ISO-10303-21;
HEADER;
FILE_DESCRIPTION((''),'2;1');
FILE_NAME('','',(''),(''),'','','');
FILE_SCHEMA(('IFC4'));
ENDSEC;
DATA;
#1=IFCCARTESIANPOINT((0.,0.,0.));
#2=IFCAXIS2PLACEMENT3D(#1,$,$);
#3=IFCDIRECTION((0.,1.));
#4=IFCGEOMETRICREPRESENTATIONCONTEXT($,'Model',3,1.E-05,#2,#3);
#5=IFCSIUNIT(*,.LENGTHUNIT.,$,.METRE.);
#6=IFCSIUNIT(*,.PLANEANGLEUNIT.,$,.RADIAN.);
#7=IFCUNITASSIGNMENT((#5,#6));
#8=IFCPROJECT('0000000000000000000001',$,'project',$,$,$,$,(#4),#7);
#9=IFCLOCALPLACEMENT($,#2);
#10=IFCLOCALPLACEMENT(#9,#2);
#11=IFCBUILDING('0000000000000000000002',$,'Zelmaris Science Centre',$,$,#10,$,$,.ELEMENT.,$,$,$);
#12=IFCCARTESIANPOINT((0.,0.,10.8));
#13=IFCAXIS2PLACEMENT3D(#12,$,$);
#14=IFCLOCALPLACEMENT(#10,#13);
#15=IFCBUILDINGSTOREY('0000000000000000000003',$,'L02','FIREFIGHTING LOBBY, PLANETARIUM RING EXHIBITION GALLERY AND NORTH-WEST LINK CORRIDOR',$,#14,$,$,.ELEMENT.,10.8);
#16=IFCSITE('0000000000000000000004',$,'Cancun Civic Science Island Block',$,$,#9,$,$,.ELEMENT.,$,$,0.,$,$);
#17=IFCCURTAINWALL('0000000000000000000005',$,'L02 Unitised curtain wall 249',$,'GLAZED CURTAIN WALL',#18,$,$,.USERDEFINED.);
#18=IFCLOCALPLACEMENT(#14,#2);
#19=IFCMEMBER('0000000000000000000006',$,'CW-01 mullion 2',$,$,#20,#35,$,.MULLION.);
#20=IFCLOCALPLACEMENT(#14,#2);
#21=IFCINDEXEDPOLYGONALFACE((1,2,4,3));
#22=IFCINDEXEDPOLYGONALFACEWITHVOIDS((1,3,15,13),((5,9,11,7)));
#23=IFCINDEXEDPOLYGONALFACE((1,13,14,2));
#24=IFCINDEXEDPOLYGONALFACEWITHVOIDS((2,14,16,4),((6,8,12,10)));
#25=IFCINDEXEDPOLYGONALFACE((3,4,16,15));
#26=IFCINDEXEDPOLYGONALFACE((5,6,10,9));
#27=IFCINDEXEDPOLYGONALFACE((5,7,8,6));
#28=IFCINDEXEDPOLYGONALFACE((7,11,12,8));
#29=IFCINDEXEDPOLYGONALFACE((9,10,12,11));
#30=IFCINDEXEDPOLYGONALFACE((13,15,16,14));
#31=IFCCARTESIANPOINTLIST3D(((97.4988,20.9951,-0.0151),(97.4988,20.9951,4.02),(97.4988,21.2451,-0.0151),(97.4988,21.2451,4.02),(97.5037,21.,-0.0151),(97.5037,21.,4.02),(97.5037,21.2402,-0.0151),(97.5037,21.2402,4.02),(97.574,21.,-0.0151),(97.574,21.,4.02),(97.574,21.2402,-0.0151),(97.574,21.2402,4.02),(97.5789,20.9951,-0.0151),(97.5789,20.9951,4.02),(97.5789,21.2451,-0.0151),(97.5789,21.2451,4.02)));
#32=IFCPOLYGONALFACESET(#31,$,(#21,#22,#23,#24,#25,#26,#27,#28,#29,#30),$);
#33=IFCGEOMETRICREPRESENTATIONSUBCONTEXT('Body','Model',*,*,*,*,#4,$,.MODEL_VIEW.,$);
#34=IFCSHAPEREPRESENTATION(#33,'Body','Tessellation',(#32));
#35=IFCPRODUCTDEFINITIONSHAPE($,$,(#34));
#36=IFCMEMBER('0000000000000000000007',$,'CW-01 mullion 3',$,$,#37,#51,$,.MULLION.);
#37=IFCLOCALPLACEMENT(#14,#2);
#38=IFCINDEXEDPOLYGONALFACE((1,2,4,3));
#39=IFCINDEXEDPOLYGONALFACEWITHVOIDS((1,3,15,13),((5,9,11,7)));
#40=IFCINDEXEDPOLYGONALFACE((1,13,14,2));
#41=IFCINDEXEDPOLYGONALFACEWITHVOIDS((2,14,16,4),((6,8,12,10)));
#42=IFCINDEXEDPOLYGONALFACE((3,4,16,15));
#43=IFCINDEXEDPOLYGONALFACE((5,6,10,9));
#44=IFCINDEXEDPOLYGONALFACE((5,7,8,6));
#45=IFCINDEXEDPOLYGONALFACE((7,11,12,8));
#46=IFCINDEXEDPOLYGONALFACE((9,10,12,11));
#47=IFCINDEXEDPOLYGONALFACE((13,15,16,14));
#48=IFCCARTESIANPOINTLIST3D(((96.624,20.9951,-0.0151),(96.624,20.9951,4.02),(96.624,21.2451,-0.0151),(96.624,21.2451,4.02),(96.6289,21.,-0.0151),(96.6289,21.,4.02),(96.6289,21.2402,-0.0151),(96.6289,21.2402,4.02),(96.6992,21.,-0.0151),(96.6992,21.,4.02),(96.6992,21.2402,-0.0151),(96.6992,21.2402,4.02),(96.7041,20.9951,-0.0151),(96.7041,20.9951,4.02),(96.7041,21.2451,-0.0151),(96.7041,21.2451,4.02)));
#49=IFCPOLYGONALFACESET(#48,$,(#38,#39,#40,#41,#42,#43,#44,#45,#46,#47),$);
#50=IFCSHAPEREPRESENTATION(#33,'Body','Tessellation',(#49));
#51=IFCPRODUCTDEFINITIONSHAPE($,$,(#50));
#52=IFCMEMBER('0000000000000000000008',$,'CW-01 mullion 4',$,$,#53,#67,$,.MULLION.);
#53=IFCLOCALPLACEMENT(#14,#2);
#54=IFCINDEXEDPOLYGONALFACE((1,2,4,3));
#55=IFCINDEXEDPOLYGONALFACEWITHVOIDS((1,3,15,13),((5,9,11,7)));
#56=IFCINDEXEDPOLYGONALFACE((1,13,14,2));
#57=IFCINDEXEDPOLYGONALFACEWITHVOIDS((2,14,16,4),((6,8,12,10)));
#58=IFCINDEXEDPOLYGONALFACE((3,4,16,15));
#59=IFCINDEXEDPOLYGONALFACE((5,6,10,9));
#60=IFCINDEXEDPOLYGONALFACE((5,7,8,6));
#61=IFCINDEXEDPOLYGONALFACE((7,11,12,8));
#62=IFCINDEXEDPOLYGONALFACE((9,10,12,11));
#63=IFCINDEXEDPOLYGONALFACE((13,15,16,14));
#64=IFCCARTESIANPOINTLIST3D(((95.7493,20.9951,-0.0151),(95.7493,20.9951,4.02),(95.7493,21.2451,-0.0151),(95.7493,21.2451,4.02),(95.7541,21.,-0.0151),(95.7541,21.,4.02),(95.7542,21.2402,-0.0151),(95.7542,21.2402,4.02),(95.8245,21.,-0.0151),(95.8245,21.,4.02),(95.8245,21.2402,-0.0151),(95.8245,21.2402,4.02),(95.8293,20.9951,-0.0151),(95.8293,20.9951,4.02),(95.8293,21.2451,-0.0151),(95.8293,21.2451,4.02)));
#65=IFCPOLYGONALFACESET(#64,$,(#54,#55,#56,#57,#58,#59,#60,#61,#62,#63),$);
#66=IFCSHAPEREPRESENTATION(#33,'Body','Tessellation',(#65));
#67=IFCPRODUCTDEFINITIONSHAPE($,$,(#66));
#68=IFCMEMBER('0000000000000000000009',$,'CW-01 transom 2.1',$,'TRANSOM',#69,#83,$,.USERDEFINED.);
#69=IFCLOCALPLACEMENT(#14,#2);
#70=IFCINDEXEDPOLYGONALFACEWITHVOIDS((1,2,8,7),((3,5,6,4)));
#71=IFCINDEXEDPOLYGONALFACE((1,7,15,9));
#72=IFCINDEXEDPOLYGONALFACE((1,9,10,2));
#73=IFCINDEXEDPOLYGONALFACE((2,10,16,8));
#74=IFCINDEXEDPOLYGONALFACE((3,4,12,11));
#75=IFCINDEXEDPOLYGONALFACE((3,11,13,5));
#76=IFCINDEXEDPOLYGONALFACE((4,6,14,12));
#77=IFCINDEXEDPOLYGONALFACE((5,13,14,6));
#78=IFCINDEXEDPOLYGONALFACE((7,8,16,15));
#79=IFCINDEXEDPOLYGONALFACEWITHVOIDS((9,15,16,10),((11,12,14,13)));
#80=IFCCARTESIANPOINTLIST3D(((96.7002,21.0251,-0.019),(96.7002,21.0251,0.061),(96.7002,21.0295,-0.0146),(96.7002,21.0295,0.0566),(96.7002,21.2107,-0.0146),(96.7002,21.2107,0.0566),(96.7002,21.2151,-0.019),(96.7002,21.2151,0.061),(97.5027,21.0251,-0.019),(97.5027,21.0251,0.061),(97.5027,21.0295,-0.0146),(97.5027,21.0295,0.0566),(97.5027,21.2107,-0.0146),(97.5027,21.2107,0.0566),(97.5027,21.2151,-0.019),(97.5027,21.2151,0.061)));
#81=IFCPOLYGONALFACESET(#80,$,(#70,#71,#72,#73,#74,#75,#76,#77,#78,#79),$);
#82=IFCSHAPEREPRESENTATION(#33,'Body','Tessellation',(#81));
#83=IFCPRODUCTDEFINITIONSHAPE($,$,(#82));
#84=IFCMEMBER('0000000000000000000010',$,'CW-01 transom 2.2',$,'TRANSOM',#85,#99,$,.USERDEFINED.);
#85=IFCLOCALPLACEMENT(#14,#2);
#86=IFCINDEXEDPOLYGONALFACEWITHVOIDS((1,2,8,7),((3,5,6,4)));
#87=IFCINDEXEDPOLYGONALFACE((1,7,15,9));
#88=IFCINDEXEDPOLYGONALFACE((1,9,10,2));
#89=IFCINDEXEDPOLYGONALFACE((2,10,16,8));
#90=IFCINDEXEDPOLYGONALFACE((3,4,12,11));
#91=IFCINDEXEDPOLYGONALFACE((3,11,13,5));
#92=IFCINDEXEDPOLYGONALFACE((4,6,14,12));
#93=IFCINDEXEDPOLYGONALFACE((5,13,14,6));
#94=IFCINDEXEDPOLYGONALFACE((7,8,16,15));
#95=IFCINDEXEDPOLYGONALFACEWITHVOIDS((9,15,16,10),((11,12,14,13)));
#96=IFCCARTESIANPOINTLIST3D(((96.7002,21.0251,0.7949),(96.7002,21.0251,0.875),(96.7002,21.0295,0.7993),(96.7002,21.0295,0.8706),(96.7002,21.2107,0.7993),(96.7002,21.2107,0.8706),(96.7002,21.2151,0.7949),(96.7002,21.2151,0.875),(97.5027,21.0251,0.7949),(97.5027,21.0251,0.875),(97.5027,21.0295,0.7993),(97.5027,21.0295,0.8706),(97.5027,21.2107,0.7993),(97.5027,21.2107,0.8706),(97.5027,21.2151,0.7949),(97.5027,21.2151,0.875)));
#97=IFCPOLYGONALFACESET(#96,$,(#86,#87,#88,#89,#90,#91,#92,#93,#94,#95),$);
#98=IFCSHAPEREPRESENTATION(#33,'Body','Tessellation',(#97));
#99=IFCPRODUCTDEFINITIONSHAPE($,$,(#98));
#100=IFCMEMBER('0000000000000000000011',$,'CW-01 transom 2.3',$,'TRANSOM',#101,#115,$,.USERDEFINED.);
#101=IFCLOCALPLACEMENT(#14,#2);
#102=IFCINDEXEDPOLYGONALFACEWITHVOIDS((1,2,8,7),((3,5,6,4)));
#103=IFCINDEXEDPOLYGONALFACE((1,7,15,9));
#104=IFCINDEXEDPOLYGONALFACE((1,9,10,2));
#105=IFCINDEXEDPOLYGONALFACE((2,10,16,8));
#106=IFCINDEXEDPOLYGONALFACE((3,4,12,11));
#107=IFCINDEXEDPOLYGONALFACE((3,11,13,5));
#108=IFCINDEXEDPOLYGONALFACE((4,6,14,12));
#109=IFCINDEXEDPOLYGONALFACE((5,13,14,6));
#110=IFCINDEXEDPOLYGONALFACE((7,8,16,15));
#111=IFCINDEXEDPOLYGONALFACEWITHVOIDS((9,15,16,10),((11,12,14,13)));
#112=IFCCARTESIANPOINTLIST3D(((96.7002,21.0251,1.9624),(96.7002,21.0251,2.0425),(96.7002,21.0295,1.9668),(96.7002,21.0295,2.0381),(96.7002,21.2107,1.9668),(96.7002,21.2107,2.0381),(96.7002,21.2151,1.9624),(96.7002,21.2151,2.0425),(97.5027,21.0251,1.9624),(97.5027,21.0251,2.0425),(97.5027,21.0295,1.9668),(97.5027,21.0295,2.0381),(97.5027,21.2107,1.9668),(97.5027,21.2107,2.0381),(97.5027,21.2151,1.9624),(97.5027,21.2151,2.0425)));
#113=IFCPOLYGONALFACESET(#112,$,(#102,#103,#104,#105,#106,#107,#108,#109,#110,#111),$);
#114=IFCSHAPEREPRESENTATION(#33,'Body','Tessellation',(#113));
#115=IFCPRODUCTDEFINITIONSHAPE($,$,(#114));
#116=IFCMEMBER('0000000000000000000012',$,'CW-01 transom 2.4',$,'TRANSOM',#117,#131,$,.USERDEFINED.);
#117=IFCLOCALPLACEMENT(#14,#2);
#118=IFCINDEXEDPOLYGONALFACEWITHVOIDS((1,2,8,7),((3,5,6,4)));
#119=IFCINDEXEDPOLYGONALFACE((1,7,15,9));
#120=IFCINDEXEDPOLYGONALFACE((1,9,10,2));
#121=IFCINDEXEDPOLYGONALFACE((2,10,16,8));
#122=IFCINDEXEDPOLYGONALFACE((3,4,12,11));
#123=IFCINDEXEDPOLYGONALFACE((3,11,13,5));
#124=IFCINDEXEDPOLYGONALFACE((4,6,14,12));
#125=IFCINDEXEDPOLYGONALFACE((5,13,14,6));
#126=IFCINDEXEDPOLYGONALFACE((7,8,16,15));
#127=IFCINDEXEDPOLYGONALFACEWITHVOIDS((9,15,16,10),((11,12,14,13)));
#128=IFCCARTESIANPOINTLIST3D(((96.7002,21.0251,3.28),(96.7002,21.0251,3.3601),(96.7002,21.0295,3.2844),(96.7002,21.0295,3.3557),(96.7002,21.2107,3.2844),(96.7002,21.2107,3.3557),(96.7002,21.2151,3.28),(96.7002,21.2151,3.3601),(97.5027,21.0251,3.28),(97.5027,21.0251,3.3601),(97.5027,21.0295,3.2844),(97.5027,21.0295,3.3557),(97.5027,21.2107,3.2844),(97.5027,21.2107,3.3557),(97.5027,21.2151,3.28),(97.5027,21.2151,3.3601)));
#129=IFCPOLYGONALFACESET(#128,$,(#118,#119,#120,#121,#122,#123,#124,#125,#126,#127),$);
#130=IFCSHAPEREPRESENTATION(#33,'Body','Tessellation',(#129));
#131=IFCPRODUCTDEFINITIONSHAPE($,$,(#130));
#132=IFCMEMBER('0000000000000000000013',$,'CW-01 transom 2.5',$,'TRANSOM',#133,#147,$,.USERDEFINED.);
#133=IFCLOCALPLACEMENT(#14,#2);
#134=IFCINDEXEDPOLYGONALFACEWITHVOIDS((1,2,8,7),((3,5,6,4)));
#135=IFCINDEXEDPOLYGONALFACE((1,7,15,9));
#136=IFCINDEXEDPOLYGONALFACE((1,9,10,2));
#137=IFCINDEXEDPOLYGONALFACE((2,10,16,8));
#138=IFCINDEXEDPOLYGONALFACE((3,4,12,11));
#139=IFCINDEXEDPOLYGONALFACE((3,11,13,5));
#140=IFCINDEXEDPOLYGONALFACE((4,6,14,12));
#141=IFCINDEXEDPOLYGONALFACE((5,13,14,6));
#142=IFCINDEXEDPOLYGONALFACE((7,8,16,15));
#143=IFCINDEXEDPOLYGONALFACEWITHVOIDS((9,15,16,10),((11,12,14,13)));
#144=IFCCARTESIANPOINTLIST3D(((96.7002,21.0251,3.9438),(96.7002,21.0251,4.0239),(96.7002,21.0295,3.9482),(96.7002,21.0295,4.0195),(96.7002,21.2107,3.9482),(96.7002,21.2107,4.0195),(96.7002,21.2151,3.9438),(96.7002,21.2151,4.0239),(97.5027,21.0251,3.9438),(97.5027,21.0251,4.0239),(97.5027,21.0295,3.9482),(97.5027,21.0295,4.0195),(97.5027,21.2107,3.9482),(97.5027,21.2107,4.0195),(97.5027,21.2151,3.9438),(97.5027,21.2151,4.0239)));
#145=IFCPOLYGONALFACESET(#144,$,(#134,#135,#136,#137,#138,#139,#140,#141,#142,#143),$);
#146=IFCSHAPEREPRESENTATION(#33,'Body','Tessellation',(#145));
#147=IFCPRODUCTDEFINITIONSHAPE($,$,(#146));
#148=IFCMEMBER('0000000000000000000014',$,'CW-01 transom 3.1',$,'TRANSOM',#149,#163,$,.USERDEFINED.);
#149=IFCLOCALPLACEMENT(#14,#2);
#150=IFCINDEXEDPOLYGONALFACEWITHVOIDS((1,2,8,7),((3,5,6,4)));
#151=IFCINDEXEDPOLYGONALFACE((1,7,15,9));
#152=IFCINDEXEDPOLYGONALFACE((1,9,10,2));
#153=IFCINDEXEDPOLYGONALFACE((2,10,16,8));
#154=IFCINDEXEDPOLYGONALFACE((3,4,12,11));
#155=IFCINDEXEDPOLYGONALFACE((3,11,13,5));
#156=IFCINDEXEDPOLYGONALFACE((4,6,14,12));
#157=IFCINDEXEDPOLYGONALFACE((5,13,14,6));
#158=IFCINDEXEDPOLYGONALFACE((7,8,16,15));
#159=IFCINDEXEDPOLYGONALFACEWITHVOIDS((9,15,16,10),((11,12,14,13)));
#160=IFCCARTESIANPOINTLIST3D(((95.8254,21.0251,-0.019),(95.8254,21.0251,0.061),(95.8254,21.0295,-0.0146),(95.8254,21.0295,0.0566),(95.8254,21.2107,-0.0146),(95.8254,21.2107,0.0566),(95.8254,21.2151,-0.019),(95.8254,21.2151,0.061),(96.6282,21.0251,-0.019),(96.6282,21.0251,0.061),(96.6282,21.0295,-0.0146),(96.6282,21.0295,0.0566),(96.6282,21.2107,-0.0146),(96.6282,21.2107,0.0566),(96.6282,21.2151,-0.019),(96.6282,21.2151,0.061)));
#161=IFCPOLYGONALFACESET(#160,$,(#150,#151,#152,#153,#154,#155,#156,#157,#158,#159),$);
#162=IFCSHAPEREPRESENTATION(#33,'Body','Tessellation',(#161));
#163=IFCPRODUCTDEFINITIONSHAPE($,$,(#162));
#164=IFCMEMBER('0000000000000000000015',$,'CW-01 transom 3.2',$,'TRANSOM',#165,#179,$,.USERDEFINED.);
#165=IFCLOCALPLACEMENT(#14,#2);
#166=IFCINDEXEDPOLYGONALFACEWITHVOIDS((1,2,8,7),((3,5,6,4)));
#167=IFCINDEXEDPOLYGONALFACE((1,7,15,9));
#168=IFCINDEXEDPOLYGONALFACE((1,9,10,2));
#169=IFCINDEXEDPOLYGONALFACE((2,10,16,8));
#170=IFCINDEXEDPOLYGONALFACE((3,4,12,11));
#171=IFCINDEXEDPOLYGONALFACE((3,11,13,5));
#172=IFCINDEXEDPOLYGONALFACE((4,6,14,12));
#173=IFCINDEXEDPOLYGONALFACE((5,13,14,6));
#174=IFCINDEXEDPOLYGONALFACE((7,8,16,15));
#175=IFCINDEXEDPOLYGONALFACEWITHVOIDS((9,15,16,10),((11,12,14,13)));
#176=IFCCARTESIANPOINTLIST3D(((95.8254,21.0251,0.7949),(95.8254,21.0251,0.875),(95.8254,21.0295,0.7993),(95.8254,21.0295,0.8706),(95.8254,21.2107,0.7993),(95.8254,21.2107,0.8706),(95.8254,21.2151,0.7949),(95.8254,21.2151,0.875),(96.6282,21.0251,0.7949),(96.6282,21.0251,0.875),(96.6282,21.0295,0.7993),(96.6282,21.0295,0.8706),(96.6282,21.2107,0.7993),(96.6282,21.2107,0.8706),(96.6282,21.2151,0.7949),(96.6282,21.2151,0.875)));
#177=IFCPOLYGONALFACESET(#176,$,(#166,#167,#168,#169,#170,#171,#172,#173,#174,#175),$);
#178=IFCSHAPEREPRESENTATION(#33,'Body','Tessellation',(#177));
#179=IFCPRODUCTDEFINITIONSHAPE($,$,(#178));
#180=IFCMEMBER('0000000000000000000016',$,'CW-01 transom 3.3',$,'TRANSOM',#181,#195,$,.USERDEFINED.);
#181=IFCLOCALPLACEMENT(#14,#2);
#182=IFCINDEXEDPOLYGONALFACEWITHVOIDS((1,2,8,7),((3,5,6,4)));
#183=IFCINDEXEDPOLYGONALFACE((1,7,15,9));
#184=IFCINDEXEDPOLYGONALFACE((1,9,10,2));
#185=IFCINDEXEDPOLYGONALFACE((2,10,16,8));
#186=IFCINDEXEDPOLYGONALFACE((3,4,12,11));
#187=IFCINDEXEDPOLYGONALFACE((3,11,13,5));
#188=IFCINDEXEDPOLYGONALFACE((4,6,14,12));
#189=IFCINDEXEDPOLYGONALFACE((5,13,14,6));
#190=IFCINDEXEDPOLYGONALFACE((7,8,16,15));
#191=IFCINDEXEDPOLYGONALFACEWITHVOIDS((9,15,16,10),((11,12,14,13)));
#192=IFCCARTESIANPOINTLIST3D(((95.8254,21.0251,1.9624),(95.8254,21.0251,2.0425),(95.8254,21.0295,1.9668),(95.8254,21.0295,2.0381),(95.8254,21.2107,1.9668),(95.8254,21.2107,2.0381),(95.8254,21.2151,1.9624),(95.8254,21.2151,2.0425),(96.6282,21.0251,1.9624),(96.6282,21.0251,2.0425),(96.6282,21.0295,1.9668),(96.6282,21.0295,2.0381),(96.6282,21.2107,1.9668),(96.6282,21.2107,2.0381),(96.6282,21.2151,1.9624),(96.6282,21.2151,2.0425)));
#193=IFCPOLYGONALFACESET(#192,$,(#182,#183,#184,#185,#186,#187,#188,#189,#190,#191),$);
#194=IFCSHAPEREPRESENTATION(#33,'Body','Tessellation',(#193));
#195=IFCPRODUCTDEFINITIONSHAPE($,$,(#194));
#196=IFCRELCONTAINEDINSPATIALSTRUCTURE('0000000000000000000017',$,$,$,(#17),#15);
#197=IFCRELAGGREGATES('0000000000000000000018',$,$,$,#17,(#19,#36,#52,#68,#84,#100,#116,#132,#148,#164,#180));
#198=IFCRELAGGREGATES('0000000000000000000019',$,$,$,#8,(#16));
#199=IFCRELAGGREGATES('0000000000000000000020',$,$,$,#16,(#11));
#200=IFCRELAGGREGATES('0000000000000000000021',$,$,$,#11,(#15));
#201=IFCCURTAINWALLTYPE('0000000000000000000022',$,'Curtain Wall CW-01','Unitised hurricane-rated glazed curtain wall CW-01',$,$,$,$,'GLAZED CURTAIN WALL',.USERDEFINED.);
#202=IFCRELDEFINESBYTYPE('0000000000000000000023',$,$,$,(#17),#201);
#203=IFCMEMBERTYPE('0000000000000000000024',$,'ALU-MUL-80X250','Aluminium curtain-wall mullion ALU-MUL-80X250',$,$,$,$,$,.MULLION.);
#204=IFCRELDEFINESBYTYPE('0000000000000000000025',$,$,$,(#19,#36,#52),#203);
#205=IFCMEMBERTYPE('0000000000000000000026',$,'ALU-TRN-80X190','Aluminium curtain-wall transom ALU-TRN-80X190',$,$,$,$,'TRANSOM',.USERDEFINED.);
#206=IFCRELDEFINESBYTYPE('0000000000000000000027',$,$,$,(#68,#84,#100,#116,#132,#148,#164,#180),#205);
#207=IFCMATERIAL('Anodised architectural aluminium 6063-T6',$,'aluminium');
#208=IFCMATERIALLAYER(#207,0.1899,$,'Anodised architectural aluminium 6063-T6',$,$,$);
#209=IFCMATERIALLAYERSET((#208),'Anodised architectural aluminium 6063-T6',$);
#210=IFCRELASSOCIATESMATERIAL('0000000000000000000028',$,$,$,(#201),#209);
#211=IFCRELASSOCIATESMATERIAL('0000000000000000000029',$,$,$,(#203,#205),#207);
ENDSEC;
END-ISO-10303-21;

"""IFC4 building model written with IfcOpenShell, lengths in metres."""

from ifc_helpers import new_model, si_unit, direction, frame, origin, origin_2d, place, context, subcontext, project, spatial, hollow_rectangle, extrude, material, layer, layer_set, material_profile, profile_set, type_object, element, aggregate, save


model = new_model("IFC4")

# Units and contexts
model_context = context("Model", 3, precision=1e-05, world=origin(), true_north=direction((0.0, 1.0)))
body_context = subcontext(model_context, "Body", "Model", "MODEL_VIEW")
ifc_project = project(units=[si_unit("LENGTHUNIT", "METRE"), si_unit("PLANEANGLEUNIT", "RADIAN")], contexts=[model_context])

# Site, building, storey
site_placement = place(None, origin())
site = spatial("IfcSite", under=ifc_project, at=site_placement, Name="Cancun Civic Science Island Block", CompositionType="ELEMENT", RefElevation=0.0)
building_placement = place(site_placement, origin())
building = spatial("IfcBuilding", under=site, at=building_placement, Name="Zelmaris Science Centre", CompositionType="ELEMENT")
storey_placement = place(building_placement, frame((0.0, 0.0, 10.8)))
storey = spatial("IfcBuildingStorey", under=building, at=storey_placement, Name="L02", Description="FIREFIGHTING LOBBY, PLANETARIUM RING EXHIBITION GALLERY AND NORTH-WEST LINK CORRIDOR", CompositionType="ELEMENT", Elevation=10.8)

# Curtain wall, members
ifc_material_1 = material(Name="Anodised architectural aluminium 6063-T6", Category="aluminium")
ifc_layer_1 = layer(ifc_material_1, 0.1899, Name="Anodised architectural aluminium 6063-T6")
ifc_layer_set_1 = layer_set([ifc_layer_1], Name="Anodised architectural aluminium 6063-T6")
curtain_wall_type = type_object("IfcCurtainWallType", Name="Curtain Wall CW-01", Description="Unitised hurricane-rated glazed curtain wall CW-01", ElementType="GLAZED CURTAIN WALL", PredefinedType="USERDEFINED", material=ifc_layer_set_1)
curtain_wall_placement = place(storey_placement, origin())
curtain_wall = element("IfcCurtainWall", 1, at=curtain_wall_placement, inside=storey, type_object=curtain_wall_type, Name="L02 Unitised curtain wall 249", ObjectType="GLAZED CURTAIN WALL", PredefinedType="USERDEFINED")
ifc_material_profile_1 = material_profile(ifc_material_1, hollow_rectangle(XDim=0.0801, YDim=0.25, WallThickness=0.0049, at=origin_2d()), Name="ALU-MUL-80X250")
ifc_profile_set_1 = profile_set([ifc_material_profile_1], Name="Anodised architectural aluminium 6063-T6")
member_type_1 = type_object("IfcMemberType", Name="ALU-MUL-80X250", Description="Aluminium curtain-wall mullion ALU-MUL-80X250", PredefinedType="MULLION", material=ifc_profile_set_1)
member_1_placement = place(storey_placement, frame((97.5388, 21.1201, -0.0151), z_axis=(0.0, 0.0, 1.0), x_axis=(-1.0, 0.000005, 0.0)))
member_1 = element("IfcMember", 2, at=member_1_placement, type_object=member_type_1, Name="CW-01 mullion 2", PredefinedType="MULLION", context=body_context, shape_type="SweptSolid", body=[
    extrude(hollow_rectangle(XDim=0.0801, YDim=0.25, WallThickness=0.0049, at=origin_2d()), origin(), (0.0, 0.0, 1.0), 4.0352),
])
member_2_placement = place(storey_placement, frame((96.6641, 21.1201, -0.0151), z_axis=(0.0, 0.0, 1.0), x_axis=(-1.0, 0.000005, 0.0)))
member_2 = element("IfcMember", 3, at=member_2_placement, type_object=member_type_1, Name="CW-01 mullion 3", PredefinedType="MULLION", context=body_context, shape_type="SweptSolid", body=[
    extrude(hollow_rectangle(XDim=0.0801, YDim=0.25, WallThickness=0.0049, at=origin_2d()), origin(), (0.0, 0.0, 1.0), 4.0352),
])
member_3_placement = place(storey_placement, frame((95.7893, 21.1201, -0.0151), z_axis=(0.0, 0.0, 1.0), x_axis=(-1.0, 0.000005, 0.0)))
member_3 = element("IfcMember", 4, at=member_3_placement, type_object=member_type_1, Name="CW-01 mullion 4", PredefinedType="MULLION", context=body_context, shape_type="SweptSolid", body=[
    extrude(hollow_rectangle(XDim=0.0801, YDim=0.25, WallThickness=0.0049, at=origin_2d()), origin(), (0.0, 0.0, 1.0), 4.0352),
])
ifc_material_profile_2 = material_profile(ifc_material_1, hollow_rectangle(XDim=0.0801, YDim=0.1899, WallThickness=0.0044, at=origin_2d()), Name="ALU-TRN-80X190")
ifc_profile_set_2 = profile_set([ifc_material_profile_2], Name="Anodised architectural aluminium 6063-T6")
member_type_2 = type_object("IfcMemberType", Name="ALU-TRN-80X190", Description="Aluminium curtain-wall transom ALU-TRN-80X190", ElementType="TRANSOM", PredefinedType="USERDEFINED", material=ifc_profile_set_2)
member_4_placement = place(storey_placement, frame((97.5027, 21.1201, 0.021), z_axis=(-1.0, 0.0, 0.0), x_axis=(0.0, 0.0, 1.0)))
member_4 = element("IfcMember", 5, at=member_4_placement, type_object=member_type_2, Name="CW-01 transom 2.1", ObjectType="TRANSOM", PredefinedType="USERDEFINED", context=body_context, shape_type="SweptSolid", body=[
    extrude(hollow_rectangle(XDim=0.0801, YDim=0.1899, WallThickness=0.0044, at=origin_2d()), origin(), (0.0, 0.0, 1.0), 0.8025),
])
member_5_placement = place(storey_placement, frame((97.5027, 21.1201, 0.835), z_axis=(-1.0, 0.0, 0.0), x_axis=(0.0, 0.0, 1.0)))
member_5 = element("IfcMember", 6, at=member_5_placement, type_object=member_type_2, Name="CW-01 transom 2.2", ObjectType="TRANSOM", PredefinedType="USERDEFINED", context=body_context, shape_type="SweptSolid", body=[
    extrude(hollow_rectangle(XDim=0.0801, YDim=0.1899, WallThickness=0.0044, at=origin_2d()), origin(), (0.0, 0.0, 1.0), 0.8025),
])
member_6_placement = place(storey_placement, frame((97.5027, 21.1201, 2.0024), z_axis=(-1.0, 0.0, 0.0), x_axis=(0.0, 0.0, 1.0)))
member_6 = element("IfcMember", 7, at=member_6_placement, type_object=member_type_2, Name="CW-01 transom 2.3", ObjectType="TRANSOM", PredefinedType="USERDEFINED", context=body_context, shape_type="SweptSolid", body=[
    extrude(hollow_rectangle(XDim=0.0801, YDim=0.1899, WallThickness=0.0044, at=origin_2d()), origin(), (0.0, 0.0, 1.0), 0.8025),
])
member_7_placement = place(storey_placement, frame((97.5027, 21.1201, 3.3201), z_axis=(-1.0, 0.0, 0.0), x_axis=(0.0, 0.0, 1.0)))
member_7 = element("IfcMember", 8, at=member_7_placement, type_object=member_type_2, Name="CW-01 transom 2.4", ObjectType="TRANSOM", PredefinedType="USERDEFINED", context=body_context, shape_type="SweptSolid", body=[
    extrude(hollow_rectangle(XDim=0.0801, YDim=0.1899, WallThickness=0.0044, at=origin_2d()), origin(), (0.0, 0.0, 1.0), 0.8025),
])
member_8_placement = place(storey_placement, frame((97.5027, 21.1201, 3.9839), z_axis=(-1.0, 0.0, 0.0), x_axis=(0.0, 0.0, 1.0)))
member_8 = element("IfcMember", 9, at=member_8_placement, type_object=member_type_2, Name="CW-01 transom 2.5", ObjectType="TRANSOM", PredefinedType="USERDEFINED", context=body_context, shape_type="SweptSolid", body=[
    extrude(hollow_rectangle(XDim=0.0801, YDim=0.1899, WallThickness=0.0044, at=origin_2d()), origin(), (0.0, 0.0, 1.0), 0.8025),
])
member_9_placement = place(storey_placement, frame((96.6282, 21.1201, 0.021), z_axis=(-1.0, 0.0, 0.0), x_axis=(0.0, 0.0, 1.0)))
member_9 = element("IfcMember", 10, at=member_9_placement, type_object=member_type_2, Name="CW-01 transom 3.1", ObjectType="TRANSOM", PredefinedType="USERDEFINED", context=body_context, shape_type="SweptSolid", body=[
    extrude(hollow_rectangle(XDim=0.0801, YDim=0.1899, WallThickness=0.0044, at=origin_2d()), origin(), (0.0, 0.0, 1.0), 0.8027),
])
member_10_placement = place(storey_placement, frame((96.6282, 21.1201, 0.835), z_axis=(-1.0, 0.0, 0.0), x_axis=(0.0, 0.0, 1.0)))
member_10 = element("IfcMember", 11, at=member_10_placement, type_object=member_type_2, Name="CW-01 transom 3.2", ObjectType="TRANSOM", PredefinedType="USERDEFINED", context=body_context, shape_type="SweptSolid", body=[
    extrude(hollow_rectangle(XDim=0.0801, YDim=0.1899, WallThickness=0.0044, at=origin_2d()), origin(), (0.0, 0.0, 1.0), 0.8027),
])
member_11_placement = place(storey_placement, frame((96.6282, 21.1201, 2.0024), z_axis=(-1.0, 0.0, 0.0), x_axis=(0.0, 0.0, 1.0)))
member_11 = element("IfcMember", 12, at=member_11_placement, type_object=member_type_2, Name="CW-01 transom 3.3", ObjectType="TRANSOM", PredefinedType="USERDEFINED", context=body_context, shape_type="SweptSolid", body=[
    extrude(hollow_rectangle(XDim=0.0801, YDim=0.1899, WallThickness=0.0044, at=origin_2d()), origin(), (0.0, 0.0, 1.0), 0.8027),
])
aggregate(curtain_wall, [member_1, member_2, member_3, member_4, member_5, member_6, member_7, member_8, member_9, member_10, member_11])

save(model, "model.ifc")
